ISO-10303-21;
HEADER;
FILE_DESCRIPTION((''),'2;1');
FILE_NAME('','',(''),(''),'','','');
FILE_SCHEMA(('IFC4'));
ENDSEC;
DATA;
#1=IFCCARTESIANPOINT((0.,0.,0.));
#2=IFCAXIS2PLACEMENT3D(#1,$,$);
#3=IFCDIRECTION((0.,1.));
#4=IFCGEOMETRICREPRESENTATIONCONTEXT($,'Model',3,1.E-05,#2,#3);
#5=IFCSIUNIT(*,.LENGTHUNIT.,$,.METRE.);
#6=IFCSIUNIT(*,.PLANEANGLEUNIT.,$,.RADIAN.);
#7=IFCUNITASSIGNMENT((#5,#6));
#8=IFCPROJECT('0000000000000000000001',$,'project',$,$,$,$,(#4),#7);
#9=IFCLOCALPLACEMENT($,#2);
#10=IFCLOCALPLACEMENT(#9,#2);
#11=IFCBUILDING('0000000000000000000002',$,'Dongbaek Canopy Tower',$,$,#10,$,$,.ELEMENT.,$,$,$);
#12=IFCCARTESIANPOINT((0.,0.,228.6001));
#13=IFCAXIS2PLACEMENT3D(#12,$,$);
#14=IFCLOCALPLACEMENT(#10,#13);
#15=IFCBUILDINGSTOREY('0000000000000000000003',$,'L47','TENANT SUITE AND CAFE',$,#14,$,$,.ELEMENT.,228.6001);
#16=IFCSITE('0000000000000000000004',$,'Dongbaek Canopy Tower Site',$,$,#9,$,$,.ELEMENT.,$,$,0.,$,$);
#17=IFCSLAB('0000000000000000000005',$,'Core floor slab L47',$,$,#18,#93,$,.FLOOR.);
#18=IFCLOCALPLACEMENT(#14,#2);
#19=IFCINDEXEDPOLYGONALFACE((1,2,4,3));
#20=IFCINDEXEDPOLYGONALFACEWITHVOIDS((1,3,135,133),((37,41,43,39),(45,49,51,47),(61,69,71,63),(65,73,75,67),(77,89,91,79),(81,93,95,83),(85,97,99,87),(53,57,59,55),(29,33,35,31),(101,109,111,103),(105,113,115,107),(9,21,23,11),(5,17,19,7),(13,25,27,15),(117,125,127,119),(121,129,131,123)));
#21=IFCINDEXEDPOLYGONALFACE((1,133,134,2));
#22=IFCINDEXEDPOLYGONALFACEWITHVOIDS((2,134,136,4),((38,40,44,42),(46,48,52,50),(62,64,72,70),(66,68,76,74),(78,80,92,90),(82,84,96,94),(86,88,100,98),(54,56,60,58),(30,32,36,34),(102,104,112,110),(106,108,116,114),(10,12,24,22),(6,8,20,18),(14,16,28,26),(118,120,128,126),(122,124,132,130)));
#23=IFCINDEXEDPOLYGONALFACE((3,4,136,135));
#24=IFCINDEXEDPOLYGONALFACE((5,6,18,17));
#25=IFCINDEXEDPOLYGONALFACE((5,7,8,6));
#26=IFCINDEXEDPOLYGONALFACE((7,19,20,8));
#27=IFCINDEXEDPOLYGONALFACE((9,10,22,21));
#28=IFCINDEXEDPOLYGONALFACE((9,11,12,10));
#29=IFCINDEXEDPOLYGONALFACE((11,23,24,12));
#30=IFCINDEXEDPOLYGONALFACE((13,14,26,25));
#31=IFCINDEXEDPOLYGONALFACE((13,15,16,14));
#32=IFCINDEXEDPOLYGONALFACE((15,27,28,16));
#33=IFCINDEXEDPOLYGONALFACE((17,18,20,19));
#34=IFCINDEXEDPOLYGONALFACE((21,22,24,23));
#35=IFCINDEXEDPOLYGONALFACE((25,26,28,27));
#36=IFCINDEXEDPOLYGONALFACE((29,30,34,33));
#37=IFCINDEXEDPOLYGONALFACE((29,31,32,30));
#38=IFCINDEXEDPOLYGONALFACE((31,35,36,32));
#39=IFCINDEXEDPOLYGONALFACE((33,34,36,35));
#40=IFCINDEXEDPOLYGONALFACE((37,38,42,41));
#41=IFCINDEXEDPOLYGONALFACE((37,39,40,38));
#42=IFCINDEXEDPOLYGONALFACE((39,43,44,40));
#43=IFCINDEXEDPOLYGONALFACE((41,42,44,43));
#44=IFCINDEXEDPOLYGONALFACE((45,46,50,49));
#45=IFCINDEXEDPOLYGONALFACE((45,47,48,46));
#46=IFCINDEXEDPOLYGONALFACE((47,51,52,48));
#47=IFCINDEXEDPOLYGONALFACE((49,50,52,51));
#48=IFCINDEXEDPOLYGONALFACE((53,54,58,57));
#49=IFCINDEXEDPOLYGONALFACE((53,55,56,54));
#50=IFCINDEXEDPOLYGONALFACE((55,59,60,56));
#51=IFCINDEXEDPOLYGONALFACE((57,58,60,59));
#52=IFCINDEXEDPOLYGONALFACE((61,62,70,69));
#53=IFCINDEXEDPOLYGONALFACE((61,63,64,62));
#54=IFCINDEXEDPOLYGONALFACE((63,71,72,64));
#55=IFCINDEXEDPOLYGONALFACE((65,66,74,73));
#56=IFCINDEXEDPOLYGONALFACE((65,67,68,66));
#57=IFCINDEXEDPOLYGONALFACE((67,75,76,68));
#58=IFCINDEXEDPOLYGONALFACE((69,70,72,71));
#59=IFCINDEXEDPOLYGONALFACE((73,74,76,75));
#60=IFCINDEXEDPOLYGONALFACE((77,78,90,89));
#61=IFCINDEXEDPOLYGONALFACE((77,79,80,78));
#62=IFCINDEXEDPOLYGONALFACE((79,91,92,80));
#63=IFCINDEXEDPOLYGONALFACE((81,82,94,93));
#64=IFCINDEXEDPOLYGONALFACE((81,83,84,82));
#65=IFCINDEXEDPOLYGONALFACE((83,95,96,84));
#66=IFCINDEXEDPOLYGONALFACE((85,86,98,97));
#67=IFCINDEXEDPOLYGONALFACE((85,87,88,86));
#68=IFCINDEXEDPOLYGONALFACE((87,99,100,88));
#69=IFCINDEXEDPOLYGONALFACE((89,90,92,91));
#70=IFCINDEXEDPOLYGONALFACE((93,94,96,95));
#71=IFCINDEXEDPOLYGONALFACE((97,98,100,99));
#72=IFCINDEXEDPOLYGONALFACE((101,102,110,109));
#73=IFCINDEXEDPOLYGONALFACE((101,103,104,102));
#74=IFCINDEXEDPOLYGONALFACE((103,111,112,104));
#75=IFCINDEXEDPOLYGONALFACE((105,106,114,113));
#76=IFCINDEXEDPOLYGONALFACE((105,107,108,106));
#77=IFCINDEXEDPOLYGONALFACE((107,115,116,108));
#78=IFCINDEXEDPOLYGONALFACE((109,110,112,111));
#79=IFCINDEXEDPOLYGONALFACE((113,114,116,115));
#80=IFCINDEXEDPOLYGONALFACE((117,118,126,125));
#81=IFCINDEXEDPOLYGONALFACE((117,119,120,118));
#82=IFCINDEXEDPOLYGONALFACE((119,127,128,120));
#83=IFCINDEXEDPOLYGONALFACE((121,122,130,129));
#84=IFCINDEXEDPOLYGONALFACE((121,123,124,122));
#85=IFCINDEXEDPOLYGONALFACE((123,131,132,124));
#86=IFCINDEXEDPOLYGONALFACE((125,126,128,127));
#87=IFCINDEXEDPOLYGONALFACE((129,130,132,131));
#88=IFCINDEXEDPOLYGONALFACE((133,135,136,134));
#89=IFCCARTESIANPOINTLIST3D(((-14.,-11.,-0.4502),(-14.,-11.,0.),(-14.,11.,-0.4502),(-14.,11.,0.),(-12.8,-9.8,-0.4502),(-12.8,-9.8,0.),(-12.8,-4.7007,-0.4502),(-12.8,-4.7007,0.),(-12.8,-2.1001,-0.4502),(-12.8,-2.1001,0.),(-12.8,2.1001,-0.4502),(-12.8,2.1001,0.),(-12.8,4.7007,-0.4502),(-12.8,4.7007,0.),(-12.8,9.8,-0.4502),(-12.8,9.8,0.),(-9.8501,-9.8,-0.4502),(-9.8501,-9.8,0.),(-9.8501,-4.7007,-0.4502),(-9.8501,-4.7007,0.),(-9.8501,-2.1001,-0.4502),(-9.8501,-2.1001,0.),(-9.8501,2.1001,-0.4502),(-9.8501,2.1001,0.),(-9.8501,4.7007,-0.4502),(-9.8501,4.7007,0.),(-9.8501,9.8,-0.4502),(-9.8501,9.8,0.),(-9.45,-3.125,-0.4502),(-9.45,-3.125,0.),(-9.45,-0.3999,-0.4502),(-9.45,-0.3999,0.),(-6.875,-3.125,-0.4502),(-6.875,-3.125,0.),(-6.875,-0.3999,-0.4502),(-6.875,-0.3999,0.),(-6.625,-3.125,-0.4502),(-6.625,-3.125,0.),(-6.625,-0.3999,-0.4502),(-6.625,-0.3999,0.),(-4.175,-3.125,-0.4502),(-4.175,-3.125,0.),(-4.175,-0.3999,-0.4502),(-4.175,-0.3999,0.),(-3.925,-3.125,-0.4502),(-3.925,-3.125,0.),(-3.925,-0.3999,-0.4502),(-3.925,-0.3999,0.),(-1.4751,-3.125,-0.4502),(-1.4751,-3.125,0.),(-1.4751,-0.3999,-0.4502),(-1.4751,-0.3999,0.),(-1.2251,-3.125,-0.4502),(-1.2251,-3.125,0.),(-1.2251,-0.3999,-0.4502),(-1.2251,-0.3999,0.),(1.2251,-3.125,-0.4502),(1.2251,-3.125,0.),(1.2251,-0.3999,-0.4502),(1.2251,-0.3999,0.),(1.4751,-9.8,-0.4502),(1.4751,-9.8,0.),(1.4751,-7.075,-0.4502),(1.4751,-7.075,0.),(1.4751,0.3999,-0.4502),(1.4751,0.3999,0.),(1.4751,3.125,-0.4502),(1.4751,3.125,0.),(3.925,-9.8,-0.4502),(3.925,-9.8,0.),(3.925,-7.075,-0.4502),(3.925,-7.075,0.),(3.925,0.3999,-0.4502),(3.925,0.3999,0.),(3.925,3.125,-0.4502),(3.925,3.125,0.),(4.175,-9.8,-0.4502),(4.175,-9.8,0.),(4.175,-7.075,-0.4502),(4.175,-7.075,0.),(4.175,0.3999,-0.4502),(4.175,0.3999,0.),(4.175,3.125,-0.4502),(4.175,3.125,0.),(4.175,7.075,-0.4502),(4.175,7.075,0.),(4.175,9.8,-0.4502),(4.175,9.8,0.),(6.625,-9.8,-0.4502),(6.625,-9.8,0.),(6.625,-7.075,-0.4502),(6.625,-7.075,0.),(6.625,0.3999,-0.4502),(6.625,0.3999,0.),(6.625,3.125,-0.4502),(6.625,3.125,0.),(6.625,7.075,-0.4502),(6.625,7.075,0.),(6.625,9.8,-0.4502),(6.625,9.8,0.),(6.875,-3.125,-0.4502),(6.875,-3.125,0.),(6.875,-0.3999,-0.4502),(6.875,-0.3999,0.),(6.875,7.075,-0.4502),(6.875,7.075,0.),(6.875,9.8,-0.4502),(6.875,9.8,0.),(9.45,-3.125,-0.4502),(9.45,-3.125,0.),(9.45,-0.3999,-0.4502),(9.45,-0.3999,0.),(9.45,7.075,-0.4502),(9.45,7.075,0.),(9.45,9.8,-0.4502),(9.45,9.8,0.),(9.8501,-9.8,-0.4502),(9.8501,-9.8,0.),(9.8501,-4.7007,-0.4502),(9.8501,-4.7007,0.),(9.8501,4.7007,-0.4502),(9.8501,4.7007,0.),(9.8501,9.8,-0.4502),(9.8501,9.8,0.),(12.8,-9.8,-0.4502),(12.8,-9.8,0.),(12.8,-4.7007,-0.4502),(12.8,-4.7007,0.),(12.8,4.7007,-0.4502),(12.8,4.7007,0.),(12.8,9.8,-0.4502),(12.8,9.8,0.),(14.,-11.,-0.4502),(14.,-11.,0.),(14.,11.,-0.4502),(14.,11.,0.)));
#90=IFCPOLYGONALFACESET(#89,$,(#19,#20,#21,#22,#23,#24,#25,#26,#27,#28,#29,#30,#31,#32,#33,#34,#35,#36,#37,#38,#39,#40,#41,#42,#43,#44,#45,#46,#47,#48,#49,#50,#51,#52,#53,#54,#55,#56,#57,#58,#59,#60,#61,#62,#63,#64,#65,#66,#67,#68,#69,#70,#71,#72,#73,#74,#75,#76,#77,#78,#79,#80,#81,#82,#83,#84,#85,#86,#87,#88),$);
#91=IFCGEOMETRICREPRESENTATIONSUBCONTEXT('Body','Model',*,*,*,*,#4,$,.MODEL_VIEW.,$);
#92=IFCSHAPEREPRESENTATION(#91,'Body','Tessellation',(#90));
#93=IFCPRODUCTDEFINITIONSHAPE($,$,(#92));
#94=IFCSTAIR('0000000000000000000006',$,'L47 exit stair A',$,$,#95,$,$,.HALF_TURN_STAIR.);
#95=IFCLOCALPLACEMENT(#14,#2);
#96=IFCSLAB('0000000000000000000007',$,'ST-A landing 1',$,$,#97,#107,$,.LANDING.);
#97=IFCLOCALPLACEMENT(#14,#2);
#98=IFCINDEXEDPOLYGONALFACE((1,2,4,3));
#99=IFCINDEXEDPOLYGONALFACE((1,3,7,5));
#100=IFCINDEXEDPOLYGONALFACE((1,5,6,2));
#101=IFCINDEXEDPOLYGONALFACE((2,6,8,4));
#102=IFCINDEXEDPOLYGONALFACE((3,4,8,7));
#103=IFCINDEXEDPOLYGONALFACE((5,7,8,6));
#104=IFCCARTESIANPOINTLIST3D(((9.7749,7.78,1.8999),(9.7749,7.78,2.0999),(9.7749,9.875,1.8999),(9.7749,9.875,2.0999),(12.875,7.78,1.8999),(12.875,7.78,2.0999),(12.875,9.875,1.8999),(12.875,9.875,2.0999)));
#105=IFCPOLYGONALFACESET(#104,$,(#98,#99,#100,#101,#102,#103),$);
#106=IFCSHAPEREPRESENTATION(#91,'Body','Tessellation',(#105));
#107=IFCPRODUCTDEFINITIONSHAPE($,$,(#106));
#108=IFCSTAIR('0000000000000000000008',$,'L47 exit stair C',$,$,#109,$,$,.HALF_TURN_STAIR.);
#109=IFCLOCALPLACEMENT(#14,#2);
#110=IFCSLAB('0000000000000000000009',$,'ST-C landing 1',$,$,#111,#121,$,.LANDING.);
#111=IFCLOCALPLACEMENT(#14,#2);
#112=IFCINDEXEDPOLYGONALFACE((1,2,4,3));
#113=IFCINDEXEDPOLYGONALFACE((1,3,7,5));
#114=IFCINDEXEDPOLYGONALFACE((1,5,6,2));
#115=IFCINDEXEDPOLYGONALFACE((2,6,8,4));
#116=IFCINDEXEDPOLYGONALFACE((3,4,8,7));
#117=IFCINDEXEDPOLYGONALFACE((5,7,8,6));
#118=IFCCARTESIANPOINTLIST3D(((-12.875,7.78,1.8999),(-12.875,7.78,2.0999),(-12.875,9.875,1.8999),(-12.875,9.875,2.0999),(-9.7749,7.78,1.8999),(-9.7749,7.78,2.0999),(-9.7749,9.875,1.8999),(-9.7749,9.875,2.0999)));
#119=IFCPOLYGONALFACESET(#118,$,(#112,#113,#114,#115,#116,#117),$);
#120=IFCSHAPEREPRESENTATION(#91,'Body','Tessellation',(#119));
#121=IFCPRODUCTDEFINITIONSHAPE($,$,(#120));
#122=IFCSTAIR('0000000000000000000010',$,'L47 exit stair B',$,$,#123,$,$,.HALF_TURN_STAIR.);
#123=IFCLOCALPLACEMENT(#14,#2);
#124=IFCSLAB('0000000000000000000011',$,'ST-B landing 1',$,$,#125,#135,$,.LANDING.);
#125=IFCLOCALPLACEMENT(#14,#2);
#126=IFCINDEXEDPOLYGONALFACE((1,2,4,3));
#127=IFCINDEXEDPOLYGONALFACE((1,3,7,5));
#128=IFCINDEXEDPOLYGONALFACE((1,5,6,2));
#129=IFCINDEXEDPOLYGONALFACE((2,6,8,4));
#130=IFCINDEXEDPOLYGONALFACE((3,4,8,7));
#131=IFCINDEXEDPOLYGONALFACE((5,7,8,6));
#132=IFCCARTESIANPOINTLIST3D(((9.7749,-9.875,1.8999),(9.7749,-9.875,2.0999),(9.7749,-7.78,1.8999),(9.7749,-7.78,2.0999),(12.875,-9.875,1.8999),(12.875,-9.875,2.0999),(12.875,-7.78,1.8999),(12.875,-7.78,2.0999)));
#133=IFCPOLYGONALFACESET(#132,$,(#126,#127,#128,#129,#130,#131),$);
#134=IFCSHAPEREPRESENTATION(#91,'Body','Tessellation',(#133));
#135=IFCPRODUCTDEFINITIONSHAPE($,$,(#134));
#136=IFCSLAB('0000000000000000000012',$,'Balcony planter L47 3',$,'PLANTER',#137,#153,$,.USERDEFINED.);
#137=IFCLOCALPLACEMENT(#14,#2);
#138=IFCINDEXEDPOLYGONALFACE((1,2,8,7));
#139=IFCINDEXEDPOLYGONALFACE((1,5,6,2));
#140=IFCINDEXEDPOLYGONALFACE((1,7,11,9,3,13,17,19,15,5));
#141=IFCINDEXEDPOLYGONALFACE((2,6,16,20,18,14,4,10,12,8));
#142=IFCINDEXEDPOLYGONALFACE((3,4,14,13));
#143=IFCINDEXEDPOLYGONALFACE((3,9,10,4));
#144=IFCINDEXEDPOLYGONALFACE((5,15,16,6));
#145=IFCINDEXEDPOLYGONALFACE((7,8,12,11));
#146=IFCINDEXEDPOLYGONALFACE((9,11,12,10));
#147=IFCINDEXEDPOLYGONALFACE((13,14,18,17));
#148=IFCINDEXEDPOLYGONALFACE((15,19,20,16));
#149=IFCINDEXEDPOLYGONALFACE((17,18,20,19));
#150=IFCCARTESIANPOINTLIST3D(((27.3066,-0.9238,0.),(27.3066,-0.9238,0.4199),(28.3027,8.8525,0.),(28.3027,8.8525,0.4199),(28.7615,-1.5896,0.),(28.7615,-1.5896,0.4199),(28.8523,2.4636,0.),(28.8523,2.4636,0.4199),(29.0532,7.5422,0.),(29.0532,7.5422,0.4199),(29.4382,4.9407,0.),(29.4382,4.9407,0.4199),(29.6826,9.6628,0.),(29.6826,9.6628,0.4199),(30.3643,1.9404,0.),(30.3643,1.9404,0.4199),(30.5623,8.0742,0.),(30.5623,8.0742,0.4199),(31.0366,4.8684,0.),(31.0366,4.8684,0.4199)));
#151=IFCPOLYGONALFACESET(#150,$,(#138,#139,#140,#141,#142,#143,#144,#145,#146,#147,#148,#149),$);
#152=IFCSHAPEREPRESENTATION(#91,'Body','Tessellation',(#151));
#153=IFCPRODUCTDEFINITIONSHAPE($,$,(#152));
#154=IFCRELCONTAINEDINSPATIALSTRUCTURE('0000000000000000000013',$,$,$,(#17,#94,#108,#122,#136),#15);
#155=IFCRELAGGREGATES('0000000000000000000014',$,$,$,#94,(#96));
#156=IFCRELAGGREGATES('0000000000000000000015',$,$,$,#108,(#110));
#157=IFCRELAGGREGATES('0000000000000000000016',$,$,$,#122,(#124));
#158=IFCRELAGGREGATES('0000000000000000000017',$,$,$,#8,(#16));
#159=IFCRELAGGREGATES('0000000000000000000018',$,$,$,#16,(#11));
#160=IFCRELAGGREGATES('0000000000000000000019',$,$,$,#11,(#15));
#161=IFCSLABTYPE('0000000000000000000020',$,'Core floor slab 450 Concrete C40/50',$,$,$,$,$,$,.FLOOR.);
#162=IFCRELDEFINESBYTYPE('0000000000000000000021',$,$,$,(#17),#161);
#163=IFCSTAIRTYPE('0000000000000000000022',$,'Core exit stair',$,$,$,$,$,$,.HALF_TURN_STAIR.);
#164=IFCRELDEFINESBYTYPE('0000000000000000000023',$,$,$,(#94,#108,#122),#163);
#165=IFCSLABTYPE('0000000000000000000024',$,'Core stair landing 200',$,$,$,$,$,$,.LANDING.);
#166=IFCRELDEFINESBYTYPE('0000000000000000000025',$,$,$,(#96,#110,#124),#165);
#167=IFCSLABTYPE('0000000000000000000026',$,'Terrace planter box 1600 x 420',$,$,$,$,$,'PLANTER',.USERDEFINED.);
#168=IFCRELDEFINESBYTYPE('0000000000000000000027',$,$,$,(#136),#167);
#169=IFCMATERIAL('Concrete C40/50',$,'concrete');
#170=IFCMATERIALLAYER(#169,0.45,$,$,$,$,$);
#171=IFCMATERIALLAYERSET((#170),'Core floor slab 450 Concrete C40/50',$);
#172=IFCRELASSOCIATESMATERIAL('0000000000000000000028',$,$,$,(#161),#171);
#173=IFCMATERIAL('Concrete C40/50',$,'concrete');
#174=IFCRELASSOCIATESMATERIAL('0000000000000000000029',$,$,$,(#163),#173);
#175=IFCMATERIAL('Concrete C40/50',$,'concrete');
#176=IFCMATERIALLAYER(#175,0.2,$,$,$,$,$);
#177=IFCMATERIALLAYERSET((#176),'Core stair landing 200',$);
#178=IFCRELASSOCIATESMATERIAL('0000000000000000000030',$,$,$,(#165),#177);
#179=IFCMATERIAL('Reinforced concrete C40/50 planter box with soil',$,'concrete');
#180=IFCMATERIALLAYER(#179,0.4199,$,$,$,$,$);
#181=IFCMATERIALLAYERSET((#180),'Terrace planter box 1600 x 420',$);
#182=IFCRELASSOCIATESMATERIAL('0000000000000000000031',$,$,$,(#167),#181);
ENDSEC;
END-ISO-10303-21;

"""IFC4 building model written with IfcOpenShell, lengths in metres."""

from ifc_helpers import new_model, si_unit, direction, frame, origin, place, context, subcontext, project, spatial, polyline, outline, extrude, material, layer, layer_set, type_object, element, aggregate, save


model = new_model("IFC4")

# Units and contexts
model_context = context("Model", 3, precision=1e-05, world=origin(), true_north=direction((0.0, 1.0)))
body_context = subcontext(model_context, "Body", "Model", "MODEL_VIEW")
ifc_project = project(units=[si_unit("LENGTHUNIT", "METRE"), si_unit("PLANEANGLEUNIT", "RADIAN")], contexts=[model_context])

# Site, building, storey
site_placement = place(None, origin())
site = spatial("IfcSite", under=ifc_project, at=site_placement, Name="Dongbaek Canopy Tower Site", CompositionType="ELEMENT", RefElevation=0.0)
building_placement = place(site_placement, origin())
building = spatial("IfcBuilding", under=site, at=building_placement, Name="Dongbaek Canopy Tower", CompositionType="ELEMENT")
storey_placement = place(building_placement, frame((0.0, 0.0, 228.6001)))
storey = spatial("IfcBuildingStorey", under=building, at=storey_placement, Name="L47", Description="TENANT SUITE AND CAFE", CompositionType="ELEMENT", Elevation=228.6001)

# Slab
ifc_material_1 = material(Name="Concrete C40/50", Category="concrete")
ifc_layer_1 = layer(ifc_material_1, 0.45)
ifc_layer_set_1 = layer_set([ifc_layer_1], Name="Core floor slab 450 Concrete C40/50")
slab_type_1 = type_object("IfcSlabType", Name="Core floor slab 450 Concrete C40/50", PredefinedType="FLOOR", material=ifc_layer_set_1)
slab_1_placement = place(storey_placement, frame((0.0, 0.0, -0.4502)))
element("IfcSlab", 1, at=slab_1_placement, inside=storey, type_object=slab_type_1, Name="Core floor slab L47", PredefinedType="FLOOR", context=body_context, shape_type="SweptSolid", body=[
    extrude(outline(polyline([(14.0, -11.0), (14.0, 11.0), (-14.0, 11.0), (-14.0, -11.0), (14.0, -11.0)]), holes=[polyline([(-12.8, 2.1001), (-9.8501, 2.1001), (-9.8501, -2.1001), (-12.8, -2.1001), (-12.8, 2.1001)]), polyline([(6.625, 9.8), (6.625, 7.075), (4.175, 7.075), (4.175, 9.8), (6.625, 9.8)]), polyline([(9.45, 7.075), (6.875, 7.075), (6.875, 9.8), (9.45, 9.8), (9.45, 7.075)]), polyline([(3.925, 3.125), (3.925, 0.3999), (1.4751, 0.3999), (1.4751, 3.125), (3.925, 3.125)]), polyline([(4.175, 3.125), (6.625, 3.125), (6.625, 0.3999), (4.175, 0.3999), (4.175, 3.125)]), polyline([(-9.45, -0.3999), (-6.875, -0.3999), (-6.875, -3.125), (-9.45, -3.125), (-9.45, -0.3999)]), polyline([(-6.625, -0.3999), (-4.175, -0.3999), (-4.175, -3.125), (-6.625, -3.125), (-6.625, -0.3999)]), polyline([(-3.925, -0.3999), (-1.4751, -0.3999), (-1.4751, -3.125), (-3.925, -3.125), (-3.925, -0.3999)]), polyline([(-1.2251, -0.3999), (1.2251, -0.3999), (1.2251, -3.125), (-1.2251, -3.125), (-1.2251, -0.3999)]), polyline([(9.45, -3.125), (6.875, -3.125), (6.875, -0.3999), (9.45, -0.3999), (9.45, -3.125)]), polyline([(1.4751, -9.8), (1.4751, -7.075), (3.925, -7.075), (3.925, -9.8), (1.4751, -9.8)]), polyline([(4.175, -9.8), (4.175, -7.075), (6.625, -7.075), (6.625, -9.8), (4.175, -9.8)]), polyline([(12.8, 4.7007), (12.8, 9.8), (9.8501, 9.8), (9.8501, 4.7007), (12.8, 4.7007)]), polyline([(-9.8501, 4.7007), (-9.8501, 9.8), (-12.8, 9.8), (-12.8, 4.7007), (-9.8501, 4.7007)]), polyline([(9.8501, -4.7007), (9.8501, -9.8), (12.8, -9.8), (12.8, -4.7007), (9.8501, -4.7007)]), polyline([(-12.8, -4.7007), (-12.8, -9.8), (-9.8501, -9.8), (-9.8501, -4.7007), (-12.8, -4.7007)])]), origin(), (0.0, 0.0, 1.0), 0.4502),
])

# Stairs, slabs
ifc_material_2 = material(Name="Concrete C40/50", Category="concrete")
stair_type = type_object("IfcStairType", Name="Core exit stair", PredefinedType="HALF_TURN_STAIR", material=ifc_material_2)
stair_1_placement = place(storey_placement, origin())
stair_1 = element("IfcStair", 2, at=stair_1_placement, inside=storey, type_object=stair_type, Name="L47 exit stair A", PredefinedType="HALF_TURN_STAIR")
ifc_material_3 = material(Name="Concrete C40/50", Category="concrete")
ifc_layer_2 = layer(ifc_material_3, 0.2)
ifc_layer_set_2 = layer_set([ifc_layer_2], Name="Core stair landing 200")
slab_type_2 = type_object("IfcSlabType", Name="Core stair landing 200", PredefinedType="LANDING", material=ifc_layer_set_2)
slab_2_placement = place(storey_placement, frame((0.0, 0.0, 1.8999)))
slab_2 = element("IfcSlab", 3, at=slab_2_placement, type_object=slab_type_2, Name="ST-A landing 1", PredefinedType="LANDING", context=body_context, shape_type="SweptSolid", body=[
    extrude(outline(polyline([(12.875, 7.78), (12.875, 9.875), (9.7749, 9.875), (9.7749, 7.78), (12.875, 7.78)])), origin(), (0.0, 0.0, 1.0), 0.2),
])
aggregate(stair_1, [slab_2])
stair_2_placement = place(storey_placement, origin())
stair_2 = element("IfcStair", 4, at=stair_2_placement, inside=storey, type_object=stair_type, Name="L47 exit stair C", PredefinedType="HALF_TURN_STAIR")
slab_3_placement = place(storey_placement, frame((0.0, 0.0, 1.8999)))
slab_3 = element("IfcSlab", 5, at=slab_3_placement, type_object=slab_type_2, Name="ST-C landing 1", PredefinedType="LANDING", context=body_context, shape_type="SweptSolid", body=[
    extrude(outline(polyline([(-9.7749, 7.78), (-9.7749, 9.875), (-12.875, 9.875), (-12.875, 7.78), (-9.7749, 7.78)])), origin(), (0.0, 0.0, 1.0), 0.2),
])
aggregate(stair_2, [slab_3])
stair_3_placement = place(storey_placement, origin())
stair_3 = element("IfcStair", 6, at=stair_3_placement, inside=storey, type_object=stair_type, Name="L47 exit stair B", PredefinedType="HALF_TURN_STAIR")
slab_4_placement = place(storey_placement, frame((0.0, 0.0, 1.8999)))
slab_4 = element("IfcSlab", 7, at=slab_4_placement, type_object=slab_type_2, Name="ST-B landing 1", PredefinedType="LANDING", context=body_context, shape_type="SweptSolid", body=[
    extrude(outline(polyline([(9.7749, -7.78), (9.7749, -9.875), (12.875, -9.875), (12.875, -7.78), (9.7749, -7.78)])), origin(), (0.0, 0.0, 1.0), 0.2),
])

# Slab
ifc_material_4 = material(Name="Reinforced concrete C40/50 planter box with soil", Category="concrete")
ifc_layer_3 = layer(ifc_material_4, 0.4199)
ifc_layer_set_3 = layer_set([ifc_layer_3], Name="Terrace planter box 1600 x 420")
slab_type_3 = type_object("IfcSlabType", Name="Terrace planter box 1600 x 420", ElementType="PLANTER", PredefinedType="USERDEFINED", material=ifc_layer_set_3)
slab_5_placement = place(storey_placement, origin())
element("IfcSlab", 8, at=slab_5_placement, inside=storey, type_object=slab_type_3, Name="Balcony planter L47 3", ObjectType="PLANTER", PredefinedType="USERDEFINED", context=body_context, shape_type="SweptSolid", body=[
    extrude(outline(polyline([(27.3066, -0.9238), (28.8523, 2.4636), (29.4382, 4.9407), (29.0532, 7.5422), (28.3027, 8.8525), (29.6826, 9.6628), (30.5623, 8.0742), (31.0366, 4.8684), (30.3643, 1.9404), (28.7615, -1.5896), (27.3066, -0.9238)])), origin(), (0.0, 0.0, 1.0), 0.4199),
])

aggregate(stair_3, [slab_4])

save(model, "model.ifc")
